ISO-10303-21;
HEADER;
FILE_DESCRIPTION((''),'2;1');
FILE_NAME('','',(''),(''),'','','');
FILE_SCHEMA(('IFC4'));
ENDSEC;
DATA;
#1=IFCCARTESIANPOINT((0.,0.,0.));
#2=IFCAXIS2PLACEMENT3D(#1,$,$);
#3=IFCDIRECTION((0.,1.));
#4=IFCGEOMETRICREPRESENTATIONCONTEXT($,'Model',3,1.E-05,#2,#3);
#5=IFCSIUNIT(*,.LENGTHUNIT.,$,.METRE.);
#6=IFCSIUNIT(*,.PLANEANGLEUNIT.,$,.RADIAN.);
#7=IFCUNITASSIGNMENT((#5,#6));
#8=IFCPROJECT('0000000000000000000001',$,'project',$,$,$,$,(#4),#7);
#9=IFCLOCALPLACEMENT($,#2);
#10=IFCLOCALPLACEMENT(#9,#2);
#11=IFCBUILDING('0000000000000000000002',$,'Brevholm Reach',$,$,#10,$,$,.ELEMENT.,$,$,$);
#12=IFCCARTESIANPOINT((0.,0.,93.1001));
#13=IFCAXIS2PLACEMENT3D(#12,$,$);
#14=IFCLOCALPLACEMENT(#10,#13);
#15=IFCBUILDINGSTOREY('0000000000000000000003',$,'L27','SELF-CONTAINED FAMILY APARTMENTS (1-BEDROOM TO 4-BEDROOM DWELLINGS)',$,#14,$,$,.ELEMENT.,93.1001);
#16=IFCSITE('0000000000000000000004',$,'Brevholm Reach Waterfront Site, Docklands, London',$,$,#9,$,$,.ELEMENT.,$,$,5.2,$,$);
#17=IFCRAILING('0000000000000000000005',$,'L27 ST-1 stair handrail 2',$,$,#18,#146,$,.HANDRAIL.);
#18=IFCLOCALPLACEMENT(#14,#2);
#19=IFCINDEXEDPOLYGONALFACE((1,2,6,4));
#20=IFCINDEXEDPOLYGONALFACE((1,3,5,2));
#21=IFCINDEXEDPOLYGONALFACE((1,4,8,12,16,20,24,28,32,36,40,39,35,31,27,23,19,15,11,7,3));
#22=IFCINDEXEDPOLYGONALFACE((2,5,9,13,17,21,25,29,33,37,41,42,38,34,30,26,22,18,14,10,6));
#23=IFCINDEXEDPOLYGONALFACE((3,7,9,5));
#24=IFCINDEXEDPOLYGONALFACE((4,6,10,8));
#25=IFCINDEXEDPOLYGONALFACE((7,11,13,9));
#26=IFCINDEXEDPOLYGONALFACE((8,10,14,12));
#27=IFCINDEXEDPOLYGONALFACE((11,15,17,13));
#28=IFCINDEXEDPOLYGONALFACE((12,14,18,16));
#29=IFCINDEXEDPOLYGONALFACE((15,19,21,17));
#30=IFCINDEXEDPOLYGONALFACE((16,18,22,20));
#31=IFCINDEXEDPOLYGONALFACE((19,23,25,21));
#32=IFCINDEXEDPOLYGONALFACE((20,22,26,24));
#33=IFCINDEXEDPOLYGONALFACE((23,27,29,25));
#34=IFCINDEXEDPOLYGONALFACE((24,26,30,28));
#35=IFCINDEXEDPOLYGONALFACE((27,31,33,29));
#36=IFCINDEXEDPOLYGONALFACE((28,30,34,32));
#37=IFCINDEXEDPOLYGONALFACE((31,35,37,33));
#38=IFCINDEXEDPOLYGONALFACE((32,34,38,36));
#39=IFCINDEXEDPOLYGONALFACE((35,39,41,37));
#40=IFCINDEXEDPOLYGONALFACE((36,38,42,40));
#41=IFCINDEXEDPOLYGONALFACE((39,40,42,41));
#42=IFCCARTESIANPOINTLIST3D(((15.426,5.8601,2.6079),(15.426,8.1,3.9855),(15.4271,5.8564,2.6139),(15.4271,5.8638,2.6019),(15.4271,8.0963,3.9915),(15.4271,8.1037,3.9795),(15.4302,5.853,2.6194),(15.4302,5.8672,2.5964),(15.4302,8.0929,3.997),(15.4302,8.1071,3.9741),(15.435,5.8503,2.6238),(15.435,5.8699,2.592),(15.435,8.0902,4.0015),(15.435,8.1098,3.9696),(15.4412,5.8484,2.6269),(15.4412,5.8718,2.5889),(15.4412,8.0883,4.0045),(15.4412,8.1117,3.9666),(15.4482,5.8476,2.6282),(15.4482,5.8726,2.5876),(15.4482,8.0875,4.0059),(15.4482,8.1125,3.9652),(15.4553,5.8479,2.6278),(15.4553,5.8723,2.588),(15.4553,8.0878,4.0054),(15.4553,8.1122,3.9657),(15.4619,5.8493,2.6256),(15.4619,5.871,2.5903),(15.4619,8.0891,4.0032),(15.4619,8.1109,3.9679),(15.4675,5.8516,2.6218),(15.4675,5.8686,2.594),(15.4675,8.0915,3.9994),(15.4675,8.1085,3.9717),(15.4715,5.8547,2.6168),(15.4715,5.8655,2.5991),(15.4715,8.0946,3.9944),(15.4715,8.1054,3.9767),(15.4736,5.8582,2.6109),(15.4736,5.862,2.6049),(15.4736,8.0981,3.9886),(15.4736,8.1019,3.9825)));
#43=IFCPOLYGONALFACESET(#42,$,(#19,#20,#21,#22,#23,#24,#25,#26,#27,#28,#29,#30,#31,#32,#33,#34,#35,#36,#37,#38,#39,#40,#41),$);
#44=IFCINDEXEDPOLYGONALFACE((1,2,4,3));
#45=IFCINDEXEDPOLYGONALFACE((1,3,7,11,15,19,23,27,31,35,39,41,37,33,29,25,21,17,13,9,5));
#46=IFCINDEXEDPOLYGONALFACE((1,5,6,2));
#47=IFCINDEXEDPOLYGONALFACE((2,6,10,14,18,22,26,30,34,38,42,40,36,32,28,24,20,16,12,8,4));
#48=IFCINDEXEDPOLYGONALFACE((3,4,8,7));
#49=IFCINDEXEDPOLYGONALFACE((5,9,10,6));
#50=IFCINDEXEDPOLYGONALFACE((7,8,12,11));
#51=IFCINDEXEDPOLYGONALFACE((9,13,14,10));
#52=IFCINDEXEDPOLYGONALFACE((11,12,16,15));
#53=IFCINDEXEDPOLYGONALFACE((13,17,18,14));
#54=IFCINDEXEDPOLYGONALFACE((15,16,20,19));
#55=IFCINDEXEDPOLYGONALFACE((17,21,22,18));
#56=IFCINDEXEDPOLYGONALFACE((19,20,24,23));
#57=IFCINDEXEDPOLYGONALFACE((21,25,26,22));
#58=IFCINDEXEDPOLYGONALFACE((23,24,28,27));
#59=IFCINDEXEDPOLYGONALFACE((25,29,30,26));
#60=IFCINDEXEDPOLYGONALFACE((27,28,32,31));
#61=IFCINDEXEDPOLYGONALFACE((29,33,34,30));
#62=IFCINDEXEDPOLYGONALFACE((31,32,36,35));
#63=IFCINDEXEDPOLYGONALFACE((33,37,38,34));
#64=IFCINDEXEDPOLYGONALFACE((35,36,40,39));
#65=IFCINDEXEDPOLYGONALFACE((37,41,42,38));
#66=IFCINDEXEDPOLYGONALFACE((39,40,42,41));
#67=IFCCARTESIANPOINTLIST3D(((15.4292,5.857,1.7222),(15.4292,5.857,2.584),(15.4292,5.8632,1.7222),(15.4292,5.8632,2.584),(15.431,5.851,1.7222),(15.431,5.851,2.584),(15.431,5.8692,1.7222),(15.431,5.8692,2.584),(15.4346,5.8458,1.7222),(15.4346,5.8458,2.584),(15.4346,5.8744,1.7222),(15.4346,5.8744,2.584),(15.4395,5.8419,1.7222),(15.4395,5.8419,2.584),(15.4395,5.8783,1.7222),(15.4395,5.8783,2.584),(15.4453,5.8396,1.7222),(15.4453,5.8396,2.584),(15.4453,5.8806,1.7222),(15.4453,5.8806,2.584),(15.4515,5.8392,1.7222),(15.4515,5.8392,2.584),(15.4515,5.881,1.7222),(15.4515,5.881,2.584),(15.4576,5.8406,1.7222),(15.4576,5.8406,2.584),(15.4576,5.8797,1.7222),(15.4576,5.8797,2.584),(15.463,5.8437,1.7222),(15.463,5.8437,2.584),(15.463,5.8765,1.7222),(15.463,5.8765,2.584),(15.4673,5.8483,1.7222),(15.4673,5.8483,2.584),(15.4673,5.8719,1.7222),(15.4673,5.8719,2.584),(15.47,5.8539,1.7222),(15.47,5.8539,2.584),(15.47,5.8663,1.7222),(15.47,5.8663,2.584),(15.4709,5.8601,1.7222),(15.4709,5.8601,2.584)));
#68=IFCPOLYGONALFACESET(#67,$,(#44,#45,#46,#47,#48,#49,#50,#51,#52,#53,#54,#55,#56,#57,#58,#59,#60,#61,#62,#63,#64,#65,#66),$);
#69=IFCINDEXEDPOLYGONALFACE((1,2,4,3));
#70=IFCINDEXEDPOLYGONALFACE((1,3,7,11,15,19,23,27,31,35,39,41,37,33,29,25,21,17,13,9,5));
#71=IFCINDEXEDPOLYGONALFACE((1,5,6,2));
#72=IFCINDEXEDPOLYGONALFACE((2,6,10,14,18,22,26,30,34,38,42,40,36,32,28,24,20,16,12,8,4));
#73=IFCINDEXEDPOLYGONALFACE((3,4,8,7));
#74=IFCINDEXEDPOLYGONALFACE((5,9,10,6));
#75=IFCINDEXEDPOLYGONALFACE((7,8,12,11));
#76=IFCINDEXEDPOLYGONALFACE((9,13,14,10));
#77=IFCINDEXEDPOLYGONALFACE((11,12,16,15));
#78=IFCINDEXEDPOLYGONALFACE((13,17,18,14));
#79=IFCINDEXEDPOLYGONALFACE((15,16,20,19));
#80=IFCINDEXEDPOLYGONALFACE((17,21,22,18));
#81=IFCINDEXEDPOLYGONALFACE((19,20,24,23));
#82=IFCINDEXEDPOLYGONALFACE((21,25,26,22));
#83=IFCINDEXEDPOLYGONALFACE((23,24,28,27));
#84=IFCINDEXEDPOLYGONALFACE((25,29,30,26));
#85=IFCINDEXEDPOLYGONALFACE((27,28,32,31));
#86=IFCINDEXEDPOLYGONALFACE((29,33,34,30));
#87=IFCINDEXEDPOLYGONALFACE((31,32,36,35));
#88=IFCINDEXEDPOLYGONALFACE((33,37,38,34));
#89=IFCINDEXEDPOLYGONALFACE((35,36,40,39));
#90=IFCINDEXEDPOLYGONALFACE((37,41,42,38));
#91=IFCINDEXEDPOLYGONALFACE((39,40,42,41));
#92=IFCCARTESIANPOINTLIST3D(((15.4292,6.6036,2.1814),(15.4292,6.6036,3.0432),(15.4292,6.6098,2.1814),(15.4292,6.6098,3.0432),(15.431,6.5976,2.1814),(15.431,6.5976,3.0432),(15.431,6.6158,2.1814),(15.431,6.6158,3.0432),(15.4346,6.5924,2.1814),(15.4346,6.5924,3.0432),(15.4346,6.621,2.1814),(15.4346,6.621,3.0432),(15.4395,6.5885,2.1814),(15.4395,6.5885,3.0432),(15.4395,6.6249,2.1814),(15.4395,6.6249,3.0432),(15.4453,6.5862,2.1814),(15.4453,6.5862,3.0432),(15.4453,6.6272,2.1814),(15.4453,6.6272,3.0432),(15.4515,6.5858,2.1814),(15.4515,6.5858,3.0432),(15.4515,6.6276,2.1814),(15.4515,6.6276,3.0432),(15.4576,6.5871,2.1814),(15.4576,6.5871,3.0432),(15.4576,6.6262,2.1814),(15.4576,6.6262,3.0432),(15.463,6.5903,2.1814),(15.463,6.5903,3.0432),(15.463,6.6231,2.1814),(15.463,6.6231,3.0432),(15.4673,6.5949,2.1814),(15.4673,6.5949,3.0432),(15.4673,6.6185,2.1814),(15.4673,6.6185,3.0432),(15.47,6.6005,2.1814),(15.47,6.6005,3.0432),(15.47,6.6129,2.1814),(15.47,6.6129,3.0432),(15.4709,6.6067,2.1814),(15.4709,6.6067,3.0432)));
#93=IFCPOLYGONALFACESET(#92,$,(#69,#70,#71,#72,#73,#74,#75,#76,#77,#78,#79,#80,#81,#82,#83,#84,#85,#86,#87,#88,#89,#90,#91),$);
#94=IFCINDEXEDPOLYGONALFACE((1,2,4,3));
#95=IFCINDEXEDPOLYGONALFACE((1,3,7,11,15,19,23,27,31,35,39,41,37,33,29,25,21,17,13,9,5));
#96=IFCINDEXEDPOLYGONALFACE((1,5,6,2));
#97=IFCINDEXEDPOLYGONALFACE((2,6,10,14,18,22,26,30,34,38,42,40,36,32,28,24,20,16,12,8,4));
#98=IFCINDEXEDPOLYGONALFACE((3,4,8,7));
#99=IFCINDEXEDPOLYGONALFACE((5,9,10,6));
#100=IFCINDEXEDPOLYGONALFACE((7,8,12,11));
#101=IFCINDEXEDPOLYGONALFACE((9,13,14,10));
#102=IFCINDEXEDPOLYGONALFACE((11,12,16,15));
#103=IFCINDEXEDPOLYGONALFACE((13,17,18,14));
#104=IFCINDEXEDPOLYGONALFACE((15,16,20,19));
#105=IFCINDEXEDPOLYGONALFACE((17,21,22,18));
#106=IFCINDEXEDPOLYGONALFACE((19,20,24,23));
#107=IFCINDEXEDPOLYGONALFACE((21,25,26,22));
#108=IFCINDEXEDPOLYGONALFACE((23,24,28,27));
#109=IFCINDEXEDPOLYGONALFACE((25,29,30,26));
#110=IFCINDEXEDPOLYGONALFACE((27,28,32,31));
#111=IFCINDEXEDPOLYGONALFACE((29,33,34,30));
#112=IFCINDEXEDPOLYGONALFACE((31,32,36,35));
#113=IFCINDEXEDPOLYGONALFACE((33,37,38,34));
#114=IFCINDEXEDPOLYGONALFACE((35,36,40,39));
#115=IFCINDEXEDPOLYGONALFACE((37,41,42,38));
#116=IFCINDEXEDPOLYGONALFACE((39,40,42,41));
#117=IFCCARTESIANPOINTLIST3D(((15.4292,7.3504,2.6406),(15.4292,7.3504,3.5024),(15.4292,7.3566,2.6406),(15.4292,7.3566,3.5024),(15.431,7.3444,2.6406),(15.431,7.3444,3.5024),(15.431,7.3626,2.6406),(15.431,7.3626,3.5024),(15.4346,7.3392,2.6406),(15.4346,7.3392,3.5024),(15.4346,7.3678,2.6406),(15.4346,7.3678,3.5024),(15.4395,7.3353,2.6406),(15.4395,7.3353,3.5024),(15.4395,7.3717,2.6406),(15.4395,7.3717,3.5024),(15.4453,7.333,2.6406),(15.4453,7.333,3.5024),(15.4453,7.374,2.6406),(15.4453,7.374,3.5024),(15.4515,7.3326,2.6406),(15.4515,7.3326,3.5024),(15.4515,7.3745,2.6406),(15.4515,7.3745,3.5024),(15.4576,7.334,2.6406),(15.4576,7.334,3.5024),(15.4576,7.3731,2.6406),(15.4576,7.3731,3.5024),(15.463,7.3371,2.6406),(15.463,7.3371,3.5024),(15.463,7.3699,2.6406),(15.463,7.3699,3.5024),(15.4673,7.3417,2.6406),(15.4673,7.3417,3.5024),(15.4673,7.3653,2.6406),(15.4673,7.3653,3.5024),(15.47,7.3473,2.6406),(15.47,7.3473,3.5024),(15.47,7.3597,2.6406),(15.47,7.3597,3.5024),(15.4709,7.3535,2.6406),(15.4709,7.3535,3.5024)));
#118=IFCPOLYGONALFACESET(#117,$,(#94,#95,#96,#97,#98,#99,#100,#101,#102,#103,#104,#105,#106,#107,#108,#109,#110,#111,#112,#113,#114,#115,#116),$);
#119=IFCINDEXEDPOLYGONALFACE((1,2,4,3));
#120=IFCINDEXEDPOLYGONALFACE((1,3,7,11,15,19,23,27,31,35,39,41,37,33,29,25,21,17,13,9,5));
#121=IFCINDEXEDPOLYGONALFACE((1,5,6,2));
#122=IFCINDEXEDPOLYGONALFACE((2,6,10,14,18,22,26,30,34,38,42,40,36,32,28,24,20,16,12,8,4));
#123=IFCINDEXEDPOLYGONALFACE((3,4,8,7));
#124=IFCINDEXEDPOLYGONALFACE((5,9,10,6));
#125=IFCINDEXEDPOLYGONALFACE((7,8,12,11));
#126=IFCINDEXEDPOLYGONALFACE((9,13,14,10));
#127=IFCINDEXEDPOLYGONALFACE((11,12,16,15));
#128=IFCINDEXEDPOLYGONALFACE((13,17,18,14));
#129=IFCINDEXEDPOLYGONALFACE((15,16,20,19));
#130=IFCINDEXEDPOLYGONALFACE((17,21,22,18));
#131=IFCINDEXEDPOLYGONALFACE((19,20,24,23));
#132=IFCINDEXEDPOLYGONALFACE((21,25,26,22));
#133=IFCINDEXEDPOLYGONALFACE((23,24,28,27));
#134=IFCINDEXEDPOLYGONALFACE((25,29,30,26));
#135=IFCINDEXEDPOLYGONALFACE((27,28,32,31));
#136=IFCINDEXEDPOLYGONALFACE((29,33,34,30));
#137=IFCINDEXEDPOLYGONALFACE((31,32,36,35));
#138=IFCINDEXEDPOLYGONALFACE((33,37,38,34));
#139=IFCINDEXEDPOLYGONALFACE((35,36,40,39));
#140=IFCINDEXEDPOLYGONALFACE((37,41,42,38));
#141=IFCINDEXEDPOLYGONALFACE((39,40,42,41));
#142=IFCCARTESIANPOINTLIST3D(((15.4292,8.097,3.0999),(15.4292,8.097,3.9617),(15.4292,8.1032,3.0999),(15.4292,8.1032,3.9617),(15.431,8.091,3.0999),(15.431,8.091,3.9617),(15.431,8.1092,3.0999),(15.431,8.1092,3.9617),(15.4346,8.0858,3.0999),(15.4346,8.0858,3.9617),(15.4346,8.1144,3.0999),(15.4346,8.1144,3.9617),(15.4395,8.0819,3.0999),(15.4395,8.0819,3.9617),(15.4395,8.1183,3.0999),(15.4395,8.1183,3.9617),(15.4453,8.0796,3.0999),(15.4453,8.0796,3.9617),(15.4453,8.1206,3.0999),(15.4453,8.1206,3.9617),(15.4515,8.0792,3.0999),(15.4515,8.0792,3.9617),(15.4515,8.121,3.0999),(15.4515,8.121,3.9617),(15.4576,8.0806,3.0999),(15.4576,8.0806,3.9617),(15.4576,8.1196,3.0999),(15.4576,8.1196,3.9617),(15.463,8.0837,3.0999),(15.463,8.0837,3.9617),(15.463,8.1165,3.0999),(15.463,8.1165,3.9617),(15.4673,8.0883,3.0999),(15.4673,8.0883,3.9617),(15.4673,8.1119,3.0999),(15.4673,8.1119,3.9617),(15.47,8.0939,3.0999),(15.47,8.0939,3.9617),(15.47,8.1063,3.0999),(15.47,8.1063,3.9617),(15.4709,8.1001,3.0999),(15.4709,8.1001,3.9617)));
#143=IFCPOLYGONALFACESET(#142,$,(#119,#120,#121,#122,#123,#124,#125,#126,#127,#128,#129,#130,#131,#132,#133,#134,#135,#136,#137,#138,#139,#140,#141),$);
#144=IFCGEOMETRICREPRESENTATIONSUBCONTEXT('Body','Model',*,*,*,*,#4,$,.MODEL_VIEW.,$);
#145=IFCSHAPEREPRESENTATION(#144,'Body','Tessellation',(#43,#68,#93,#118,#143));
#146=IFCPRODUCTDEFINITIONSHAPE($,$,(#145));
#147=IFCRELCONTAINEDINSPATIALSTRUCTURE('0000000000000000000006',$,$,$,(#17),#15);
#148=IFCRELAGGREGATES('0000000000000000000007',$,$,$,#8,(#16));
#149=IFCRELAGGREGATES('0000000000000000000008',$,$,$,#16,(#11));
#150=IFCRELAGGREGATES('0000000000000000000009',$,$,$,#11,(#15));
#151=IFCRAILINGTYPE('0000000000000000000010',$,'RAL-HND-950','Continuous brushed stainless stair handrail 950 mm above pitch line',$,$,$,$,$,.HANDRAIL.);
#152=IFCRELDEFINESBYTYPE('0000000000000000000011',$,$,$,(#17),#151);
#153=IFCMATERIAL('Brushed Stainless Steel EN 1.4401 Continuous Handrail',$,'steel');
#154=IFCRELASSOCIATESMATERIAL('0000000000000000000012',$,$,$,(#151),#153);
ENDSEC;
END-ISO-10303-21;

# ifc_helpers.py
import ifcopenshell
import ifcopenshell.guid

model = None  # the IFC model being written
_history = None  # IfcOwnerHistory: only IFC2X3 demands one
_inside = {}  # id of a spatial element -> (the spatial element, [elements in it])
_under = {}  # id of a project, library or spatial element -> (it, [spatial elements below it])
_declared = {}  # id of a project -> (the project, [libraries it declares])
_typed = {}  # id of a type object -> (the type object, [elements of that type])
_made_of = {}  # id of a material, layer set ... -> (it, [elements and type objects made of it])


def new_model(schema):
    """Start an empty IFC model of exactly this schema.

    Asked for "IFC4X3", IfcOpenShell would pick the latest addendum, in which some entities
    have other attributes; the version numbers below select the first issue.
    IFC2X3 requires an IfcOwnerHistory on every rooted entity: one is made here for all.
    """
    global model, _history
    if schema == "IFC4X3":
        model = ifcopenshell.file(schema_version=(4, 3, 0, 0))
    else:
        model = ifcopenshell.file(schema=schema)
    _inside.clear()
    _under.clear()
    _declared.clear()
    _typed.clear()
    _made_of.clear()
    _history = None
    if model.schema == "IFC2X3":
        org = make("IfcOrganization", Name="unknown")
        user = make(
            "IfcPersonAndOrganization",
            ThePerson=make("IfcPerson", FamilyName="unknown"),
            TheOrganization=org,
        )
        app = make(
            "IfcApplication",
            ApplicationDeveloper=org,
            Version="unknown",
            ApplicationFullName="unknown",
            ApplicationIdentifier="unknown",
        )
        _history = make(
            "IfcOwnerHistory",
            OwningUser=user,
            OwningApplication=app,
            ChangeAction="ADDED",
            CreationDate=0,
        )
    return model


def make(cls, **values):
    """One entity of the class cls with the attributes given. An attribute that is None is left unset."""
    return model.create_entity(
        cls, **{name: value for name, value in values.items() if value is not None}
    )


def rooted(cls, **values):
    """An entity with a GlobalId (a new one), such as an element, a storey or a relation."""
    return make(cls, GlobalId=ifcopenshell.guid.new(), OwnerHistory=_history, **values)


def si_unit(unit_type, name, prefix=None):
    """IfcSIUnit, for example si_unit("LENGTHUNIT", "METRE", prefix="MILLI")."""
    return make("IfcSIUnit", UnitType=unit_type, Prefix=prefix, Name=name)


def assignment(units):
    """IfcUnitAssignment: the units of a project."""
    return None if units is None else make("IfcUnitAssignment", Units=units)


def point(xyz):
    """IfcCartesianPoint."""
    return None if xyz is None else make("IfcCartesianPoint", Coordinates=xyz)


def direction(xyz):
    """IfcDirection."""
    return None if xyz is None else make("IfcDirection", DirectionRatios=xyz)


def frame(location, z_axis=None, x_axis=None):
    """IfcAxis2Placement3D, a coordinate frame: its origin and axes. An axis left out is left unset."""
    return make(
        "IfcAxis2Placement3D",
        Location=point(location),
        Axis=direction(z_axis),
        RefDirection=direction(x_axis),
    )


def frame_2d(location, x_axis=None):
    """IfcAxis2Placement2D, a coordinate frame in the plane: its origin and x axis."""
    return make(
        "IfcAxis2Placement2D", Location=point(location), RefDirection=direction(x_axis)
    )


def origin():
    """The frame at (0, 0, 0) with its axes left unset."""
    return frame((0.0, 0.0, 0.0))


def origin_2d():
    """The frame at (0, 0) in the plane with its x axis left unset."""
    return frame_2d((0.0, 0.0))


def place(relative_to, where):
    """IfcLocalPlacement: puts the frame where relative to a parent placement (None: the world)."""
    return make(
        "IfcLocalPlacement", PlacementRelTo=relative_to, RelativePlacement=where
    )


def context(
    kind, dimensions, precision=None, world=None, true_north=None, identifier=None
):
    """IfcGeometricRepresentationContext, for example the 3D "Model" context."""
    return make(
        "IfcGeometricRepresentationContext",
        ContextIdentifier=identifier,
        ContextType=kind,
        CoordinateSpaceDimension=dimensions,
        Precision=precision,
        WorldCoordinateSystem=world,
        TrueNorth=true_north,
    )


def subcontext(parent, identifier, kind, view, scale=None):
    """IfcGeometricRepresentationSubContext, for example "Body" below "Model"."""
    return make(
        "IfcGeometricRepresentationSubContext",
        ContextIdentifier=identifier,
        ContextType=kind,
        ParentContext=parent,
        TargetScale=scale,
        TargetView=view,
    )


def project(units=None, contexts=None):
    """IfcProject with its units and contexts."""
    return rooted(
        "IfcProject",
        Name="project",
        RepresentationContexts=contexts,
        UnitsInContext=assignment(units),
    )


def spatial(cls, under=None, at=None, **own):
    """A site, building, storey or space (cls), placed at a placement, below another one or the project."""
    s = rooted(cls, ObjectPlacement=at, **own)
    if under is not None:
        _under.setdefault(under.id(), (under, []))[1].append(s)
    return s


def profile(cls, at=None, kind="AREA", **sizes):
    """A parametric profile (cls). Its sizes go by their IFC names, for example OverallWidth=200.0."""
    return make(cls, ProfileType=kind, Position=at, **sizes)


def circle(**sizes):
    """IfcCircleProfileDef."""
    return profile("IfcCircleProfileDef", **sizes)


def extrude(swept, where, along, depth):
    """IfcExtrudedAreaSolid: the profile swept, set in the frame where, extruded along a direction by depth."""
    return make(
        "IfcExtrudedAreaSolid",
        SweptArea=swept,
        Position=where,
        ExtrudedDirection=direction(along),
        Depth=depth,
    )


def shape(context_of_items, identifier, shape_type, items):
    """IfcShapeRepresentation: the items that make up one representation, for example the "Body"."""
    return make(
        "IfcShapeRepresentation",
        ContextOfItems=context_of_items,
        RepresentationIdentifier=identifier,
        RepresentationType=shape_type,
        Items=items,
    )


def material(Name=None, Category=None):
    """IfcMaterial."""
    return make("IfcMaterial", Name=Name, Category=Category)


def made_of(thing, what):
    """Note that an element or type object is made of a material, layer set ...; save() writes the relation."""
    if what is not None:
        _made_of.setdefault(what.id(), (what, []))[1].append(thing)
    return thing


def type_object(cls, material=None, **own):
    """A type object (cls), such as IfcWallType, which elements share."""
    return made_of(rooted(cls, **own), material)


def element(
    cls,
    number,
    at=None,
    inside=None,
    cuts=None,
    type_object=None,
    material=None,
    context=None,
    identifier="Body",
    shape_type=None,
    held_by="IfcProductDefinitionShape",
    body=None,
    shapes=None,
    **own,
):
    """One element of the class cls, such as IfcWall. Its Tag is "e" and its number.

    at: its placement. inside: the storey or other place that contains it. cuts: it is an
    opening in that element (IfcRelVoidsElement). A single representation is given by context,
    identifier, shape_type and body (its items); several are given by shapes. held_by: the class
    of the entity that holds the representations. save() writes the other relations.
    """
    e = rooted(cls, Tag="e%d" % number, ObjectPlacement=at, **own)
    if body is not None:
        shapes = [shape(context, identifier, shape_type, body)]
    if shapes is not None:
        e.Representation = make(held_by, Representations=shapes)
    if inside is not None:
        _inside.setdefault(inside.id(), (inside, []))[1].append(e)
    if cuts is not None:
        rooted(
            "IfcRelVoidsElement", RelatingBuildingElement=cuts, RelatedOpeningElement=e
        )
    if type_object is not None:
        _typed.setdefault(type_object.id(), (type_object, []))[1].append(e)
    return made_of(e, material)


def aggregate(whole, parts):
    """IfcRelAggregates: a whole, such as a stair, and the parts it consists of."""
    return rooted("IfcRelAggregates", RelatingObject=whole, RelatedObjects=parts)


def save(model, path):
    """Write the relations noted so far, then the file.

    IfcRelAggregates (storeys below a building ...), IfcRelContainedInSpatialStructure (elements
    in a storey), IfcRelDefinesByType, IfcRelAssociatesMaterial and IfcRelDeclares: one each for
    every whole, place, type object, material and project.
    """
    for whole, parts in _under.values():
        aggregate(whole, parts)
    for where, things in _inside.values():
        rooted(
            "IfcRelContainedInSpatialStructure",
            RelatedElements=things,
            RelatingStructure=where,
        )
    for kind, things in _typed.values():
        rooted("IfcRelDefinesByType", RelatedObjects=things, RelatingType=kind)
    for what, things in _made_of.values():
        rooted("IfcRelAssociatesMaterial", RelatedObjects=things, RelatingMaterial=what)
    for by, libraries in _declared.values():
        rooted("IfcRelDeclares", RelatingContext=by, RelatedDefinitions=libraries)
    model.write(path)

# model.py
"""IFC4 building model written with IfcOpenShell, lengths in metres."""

from ifc_helpers import new_model, si_unit, direction, frame, origin, origin_2d, place, context, subcontext, project, spatial, circle, extrude, material, type_object, element, save


model = new_model("IFC4")

# Units and contexts
model_context = context("Model", 3, precision=1e-05, world=origin(), true_north=direction((0.0, 1.0)))
body_context = subcontext(model_context, "Body", "Model", "MODEL_VIEW")
ifc_project = project(units=[si_unit("LENGTHUNIT", "METRE"), si_unit("PLANEANGLEUNIT", "RADIAN")], contexts=[model_context])

# Site, building, storey
site_placement = place(None, origin())
site = spatial("IfcSite", under=ifc_project, at=site_placement, Name="Brevholm Reach Waterfront Site, Docklands, London", CompositionType="ELEMENT", RefElevation=5.2)
building_placement = place(site_placement, origin())
building = spatial("IfcBuilding", under=site, at=building_placement, Name="Brevholm Reach", CompositionType="ELEMENT")
storey_placement = place(building_placement, frame((0.0, 0.0, 93.1001)))
storey = spatial("IfcBuildingStorey", under=building, at=storey_placement, Name="L27", Description="SELF-CONTAINED FAMILY APARTMENTS (1-BEDROOM TO 4-BEDROOM DWELLINGS)", CompositionType="ELEMENT", Elevation=93.1001)

# Railing
ifc_material_1 = material(Name="Brushed Stainless Steel EN 1.4401 Continuous Handrail", Category="steel")
railing_type_1 = type_object("IfcRailingType", Name="RAL-HND-950", Description="Continuous brushed stainless stair handrail 950 mm above pitch line", PredefinedType="HANDRAIL", material=ifc_material_1)
railing_1_placement = place(storey_placement, frame((15.45, 5.8601, 1.7222)))
element("IfcRailing", 1, at=railing_1_placement, inside=storey, type_object=railing_type_1, Name="L27 ST-1 stair handrail 2", PredefinedType="HANDRAIL", context=body_context, shape_type="SweptSolid", body=[
    extrude(circle(Radius=0.0239, at=origin_2d()), frame((0.0, 0.0, 0.8857), z_axis=(0.0, 0.851789, 0.523885), x_axis=(-1.0, 0.0, 0.0)), (0.0, 0.0, 1.0), 2.6296),
    extrude(circle(Radius=0.021, at=origin_2d()), origin(), (0.0, 0.0, 1.0), 0.8618),
    extrude(circle(Radius=0.021, at=origin_2d()), frame((0.0, 0.7466, 0.4592)), (0.0, 0.0, 1.0), 0.8618),
    extrude(circle(Radius=0.021, at=origin_2d()), frame((0.0, 1.4934, 0.9185)), (0.0, 0.0, 1.0), 0.8618),
    extrude(circle(Radius=0.021, at=origin_2d()), frame((0.0, 2.24, 1.3777)), (0.0, 0.0, 1.0), 0.8618),
])

save(model, "model.ifc")
